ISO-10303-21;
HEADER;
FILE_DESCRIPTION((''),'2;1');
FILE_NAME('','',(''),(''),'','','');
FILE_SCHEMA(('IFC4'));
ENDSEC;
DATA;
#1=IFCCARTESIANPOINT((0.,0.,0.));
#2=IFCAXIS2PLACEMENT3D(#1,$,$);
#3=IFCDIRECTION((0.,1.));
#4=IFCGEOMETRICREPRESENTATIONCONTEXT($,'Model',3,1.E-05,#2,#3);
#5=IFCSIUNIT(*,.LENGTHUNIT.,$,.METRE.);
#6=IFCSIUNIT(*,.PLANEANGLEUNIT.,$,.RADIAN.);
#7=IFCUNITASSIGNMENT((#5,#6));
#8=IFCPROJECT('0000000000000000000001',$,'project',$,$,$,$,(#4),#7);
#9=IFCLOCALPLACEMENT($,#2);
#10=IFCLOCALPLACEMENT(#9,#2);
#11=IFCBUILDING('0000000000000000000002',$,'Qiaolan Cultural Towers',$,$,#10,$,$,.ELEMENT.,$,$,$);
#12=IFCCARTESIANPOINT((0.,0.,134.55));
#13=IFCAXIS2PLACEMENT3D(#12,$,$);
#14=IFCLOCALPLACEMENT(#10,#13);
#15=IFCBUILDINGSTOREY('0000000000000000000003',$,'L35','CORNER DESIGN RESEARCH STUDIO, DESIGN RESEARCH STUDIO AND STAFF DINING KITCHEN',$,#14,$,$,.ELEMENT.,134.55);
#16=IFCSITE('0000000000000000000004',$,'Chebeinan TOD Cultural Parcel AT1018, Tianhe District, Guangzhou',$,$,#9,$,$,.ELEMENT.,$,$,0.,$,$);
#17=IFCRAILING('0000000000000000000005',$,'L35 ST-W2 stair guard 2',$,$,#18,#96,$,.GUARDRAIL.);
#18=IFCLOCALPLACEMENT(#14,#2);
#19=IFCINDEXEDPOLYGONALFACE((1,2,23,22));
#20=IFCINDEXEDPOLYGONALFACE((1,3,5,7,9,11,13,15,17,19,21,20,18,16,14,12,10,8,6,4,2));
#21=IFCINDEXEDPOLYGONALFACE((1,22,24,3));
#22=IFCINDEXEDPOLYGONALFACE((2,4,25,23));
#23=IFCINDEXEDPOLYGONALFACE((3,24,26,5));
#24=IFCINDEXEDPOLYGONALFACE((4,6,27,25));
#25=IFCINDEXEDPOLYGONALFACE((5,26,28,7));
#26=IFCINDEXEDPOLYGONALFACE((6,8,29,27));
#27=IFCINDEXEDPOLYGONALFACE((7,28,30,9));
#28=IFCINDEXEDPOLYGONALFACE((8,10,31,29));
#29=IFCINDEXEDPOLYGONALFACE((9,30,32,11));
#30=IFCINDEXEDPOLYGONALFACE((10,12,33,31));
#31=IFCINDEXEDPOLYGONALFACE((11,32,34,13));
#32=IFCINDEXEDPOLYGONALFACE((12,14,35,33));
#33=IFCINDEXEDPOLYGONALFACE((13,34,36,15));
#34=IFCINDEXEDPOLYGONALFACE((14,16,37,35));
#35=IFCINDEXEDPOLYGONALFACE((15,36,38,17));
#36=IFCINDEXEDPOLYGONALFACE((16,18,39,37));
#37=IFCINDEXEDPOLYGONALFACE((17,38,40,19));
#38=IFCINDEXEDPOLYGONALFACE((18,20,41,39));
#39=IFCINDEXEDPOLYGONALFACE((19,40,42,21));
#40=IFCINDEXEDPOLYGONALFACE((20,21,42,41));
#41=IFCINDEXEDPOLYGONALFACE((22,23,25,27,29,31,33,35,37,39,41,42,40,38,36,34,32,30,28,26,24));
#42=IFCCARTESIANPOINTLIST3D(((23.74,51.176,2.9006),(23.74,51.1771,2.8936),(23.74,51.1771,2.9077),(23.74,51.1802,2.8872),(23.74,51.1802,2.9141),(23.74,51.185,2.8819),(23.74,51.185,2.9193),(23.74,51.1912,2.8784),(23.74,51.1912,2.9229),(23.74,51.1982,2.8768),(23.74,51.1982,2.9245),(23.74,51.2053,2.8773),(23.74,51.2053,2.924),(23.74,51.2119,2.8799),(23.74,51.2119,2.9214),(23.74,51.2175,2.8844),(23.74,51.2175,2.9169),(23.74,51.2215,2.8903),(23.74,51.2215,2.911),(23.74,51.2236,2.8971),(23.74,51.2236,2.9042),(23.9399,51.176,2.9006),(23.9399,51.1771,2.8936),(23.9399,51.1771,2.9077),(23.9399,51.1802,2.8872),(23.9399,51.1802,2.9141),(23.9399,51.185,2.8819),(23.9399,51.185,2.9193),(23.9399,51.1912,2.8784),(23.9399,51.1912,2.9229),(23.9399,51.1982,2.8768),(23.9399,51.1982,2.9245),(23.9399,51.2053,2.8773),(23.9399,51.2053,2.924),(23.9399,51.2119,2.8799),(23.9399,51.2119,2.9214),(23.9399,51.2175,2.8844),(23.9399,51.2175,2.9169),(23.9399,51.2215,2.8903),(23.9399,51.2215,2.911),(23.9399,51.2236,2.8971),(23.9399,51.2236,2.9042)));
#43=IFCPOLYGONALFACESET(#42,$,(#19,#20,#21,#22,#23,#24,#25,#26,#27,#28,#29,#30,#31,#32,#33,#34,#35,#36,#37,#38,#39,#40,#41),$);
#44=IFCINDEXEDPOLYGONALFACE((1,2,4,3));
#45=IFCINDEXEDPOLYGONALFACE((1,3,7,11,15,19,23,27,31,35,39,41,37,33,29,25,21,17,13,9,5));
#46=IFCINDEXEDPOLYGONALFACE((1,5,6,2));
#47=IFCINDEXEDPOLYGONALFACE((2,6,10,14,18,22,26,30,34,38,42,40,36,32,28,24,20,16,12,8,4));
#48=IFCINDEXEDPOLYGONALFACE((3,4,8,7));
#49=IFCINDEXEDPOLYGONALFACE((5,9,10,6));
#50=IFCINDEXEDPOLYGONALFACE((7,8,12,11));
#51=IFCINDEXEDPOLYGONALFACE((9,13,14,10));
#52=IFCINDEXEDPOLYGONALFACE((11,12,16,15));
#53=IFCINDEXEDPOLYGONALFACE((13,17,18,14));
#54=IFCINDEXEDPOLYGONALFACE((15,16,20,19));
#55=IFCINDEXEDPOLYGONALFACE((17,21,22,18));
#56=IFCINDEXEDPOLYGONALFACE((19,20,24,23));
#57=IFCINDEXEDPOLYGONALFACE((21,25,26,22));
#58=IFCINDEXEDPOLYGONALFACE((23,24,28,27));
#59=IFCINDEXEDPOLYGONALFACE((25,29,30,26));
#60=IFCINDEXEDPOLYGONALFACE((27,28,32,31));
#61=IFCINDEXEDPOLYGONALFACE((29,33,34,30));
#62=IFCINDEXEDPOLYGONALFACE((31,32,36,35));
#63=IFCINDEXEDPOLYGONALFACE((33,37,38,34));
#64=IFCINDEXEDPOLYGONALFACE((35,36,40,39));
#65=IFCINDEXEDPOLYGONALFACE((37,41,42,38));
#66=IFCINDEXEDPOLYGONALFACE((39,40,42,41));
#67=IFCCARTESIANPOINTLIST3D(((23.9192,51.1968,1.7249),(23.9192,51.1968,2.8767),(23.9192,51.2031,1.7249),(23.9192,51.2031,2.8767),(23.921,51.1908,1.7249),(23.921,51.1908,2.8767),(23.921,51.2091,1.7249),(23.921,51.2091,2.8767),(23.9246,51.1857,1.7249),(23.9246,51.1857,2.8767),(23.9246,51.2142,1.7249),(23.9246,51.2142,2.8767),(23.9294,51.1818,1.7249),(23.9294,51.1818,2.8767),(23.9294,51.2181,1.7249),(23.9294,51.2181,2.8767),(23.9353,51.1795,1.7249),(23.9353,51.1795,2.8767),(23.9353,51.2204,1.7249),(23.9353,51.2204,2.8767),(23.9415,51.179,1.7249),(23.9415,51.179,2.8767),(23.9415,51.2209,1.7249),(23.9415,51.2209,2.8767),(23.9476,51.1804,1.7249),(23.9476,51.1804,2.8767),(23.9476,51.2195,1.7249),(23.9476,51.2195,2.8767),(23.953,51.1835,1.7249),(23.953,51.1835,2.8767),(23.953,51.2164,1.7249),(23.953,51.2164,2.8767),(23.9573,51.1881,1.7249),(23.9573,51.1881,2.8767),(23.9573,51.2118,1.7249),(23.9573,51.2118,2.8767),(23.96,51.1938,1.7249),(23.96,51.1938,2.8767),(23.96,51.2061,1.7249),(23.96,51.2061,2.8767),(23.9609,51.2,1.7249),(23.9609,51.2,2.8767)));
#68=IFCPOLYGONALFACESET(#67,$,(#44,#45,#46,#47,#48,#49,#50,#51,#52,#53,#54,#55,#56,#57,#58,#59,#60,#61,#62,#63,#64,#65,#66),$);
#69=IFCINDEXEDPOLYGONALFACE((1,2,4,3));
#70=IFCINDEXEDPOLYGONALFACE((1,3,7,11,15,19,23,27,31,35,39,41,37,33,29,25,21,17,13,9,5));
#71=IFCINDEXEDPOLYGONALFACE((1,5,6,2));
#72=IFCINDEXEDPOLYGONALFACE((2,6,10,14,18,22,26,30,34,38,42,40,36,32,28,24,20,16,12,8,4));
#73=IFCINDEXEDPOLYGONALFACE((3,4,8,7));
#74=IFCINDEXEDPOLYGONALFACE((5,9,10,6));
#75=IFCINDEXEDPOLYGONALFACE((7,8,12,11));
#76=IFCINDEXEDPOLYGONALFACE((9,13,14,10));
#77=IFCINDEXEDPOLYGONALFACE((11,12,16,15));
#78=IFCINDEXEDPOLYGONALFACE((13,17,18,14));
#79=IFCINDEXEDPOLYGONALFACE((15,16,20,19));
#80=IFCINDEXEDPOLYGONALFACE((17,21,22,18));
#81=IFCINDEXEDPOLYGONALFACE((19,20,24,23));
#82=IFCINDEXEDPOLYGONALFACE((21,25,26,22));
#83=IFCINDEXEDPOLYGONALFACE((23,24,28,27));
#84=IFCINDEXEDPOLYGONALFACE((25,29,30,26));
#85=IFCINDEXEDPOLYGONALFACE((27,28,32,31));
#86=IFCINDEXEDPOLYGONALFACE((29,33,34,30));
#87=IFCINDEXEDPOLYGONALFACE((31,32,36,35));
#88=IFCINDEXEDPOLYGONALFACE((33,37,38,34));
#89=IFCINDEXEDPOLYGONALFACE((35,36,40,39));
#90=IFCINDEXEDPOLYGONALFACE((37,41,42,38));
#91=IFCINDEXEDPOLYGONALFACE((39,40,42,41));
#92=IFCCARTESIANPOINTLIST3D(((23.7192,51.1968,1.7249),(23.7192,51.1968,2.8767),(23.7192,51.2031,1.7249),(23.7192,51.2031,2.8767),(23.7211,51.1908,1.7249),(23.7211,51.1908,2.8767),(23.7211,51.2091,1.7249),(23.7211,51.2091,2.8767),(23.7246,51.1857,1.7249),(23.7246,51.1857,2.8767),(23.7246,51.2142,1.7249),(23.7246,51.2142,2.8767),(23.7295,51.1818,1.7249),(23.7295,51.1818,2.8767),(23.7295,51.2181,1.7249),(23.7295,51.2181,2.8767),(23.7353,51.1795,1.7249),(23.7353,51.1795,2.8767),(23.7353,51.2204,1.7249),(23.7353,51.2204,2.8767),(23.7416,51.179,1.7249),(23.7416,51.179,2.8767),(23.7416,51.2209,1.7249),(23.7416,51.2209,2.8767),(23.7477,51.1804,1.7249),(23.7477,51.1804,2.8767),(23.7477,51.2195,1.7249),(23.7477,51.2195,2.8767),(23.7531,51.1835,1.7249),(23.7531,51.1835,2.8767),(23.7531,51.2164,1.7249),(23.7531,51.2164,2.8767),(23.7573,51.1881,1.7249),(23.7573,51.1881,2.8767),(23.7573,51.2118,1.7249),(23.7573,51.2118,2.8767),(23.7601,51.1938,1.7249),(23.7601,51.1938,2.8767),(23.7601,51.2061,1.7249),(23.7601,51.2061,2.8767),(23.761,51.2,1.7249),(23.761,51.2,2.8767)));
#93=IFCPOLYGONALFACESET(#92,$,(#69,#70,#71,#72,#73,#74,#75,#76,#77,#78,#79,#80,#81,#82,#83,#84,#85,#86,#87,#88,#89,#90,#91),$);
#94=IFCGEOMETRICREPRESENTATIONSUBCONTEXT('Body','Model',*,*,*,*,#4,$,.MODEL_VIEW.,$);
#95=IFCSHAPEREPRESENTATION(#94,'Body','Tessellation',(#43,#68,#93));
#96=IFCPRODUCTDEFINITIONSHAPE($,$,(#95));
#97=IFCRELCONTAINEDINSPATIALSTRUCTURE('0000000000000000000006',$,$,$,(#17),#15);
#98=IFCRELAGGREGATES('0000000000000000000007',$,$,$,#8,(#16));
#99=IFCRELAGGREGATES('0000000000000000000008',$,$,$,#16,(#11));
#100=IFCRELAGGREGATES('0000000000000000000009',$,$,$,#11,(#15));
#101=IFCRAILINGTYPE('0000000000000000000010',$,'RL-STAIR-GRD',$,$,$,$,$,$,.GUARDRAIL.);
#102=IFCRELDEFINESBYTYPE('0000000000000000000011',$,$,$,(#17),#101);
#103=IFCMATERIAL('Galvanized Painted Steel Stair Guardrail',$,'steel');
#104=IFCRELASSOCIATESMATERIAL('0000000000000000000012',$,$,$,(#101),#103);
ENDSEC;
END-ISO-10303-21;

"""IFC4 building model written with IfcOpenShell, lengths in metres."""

from ifc_helpers import new_model, si_unit, direction, frame, origin, origin_2d, place, context, subcontext, project, spatial, circle, extrude, material, type_object, element, save


model = new_model("IFC4")

# Units and contexts
model_context = context("Model", 3, precision=1e-05, world=origin(), true_north=direction((0.0, 1.0)))
body_context = subcontext(model_context, "Body", "Model", "MODEL_VIEW")
ifc_project = project(units=[si_unit("LENGTHUNIT", "METRE"), si_unit("PLANEANGLEUNIT", "RADIAN")], contexts=[model_context])

# Site, building, storey
site_placement = place(None, origin())
site = spatial("IfcSite", under=ifc_project, at=site_placement, Name="Chebeinan TOD Cultural Parcel AT1018, Tianhe District, Guangzhou", CompositionType="ELEMENT", RefElevation=0.0)
building_placement = place(site_placement, origin())
building = spatial("IfcBuilding", under=site, at=building_placement, Name="Qiaolan Cultural Towers", CompositionType="ELEMENT")
storey_placement = place(building_placement, frame((0.0, 0.0, 134.55)))
storey = spatial("IfcBuildingStorey", under=building, at=storey_placement, Name="L35", Description="CORNER DESIGN RESEARCH STUDIO, DESIGN RESEARCH STUDIO AND STAFF DINING KITCHEN", CompositionType="ELEMENT", Elevation=134.55)

# Railing
ifc_material_1 = material(Name="Galvanized Painted Steel Stair Guardrail", Category="steel")
railing_type_1 = type_object("IfcRailingType", Name="RL-STAIR-GRD", PredefinedType="GUARDRAIL", material=ifc_material_1)
railing_1_placement = place(storey_placement, frame((23.9399, 51.2, 1.7249)))
element("IfcRailing", 1, at=railing_1_placement, inside=storey, type_object=railing_type_1, Name="L35 ST-W2 stair guard 2", PredefinedType="GUARDRAIL", context=body_context, shape_type="SweptSolid", body=[
    extrude(circle(Radius=0.0239, at=origin_2d()), frame((0.0, 0.0, 1.1758), z_axis=(-1.0, 0.0, 0.0), x_axis=(0.0, -1.0, 0.0)), (0.0, 0.0, 1.0), 0.2),
    extrude(circle(Radius=0.021, at=origin_2d()), origin(), (0.0, 0.0, 1.0), 1.1519),
    extrude(circle(Radius=0.021, at=origin_2d()), frame((-0.2, 0.0, 0.0)), (0.0, 0.0, 1.0), 1.1519),
])

save(model, "model.ifc")
